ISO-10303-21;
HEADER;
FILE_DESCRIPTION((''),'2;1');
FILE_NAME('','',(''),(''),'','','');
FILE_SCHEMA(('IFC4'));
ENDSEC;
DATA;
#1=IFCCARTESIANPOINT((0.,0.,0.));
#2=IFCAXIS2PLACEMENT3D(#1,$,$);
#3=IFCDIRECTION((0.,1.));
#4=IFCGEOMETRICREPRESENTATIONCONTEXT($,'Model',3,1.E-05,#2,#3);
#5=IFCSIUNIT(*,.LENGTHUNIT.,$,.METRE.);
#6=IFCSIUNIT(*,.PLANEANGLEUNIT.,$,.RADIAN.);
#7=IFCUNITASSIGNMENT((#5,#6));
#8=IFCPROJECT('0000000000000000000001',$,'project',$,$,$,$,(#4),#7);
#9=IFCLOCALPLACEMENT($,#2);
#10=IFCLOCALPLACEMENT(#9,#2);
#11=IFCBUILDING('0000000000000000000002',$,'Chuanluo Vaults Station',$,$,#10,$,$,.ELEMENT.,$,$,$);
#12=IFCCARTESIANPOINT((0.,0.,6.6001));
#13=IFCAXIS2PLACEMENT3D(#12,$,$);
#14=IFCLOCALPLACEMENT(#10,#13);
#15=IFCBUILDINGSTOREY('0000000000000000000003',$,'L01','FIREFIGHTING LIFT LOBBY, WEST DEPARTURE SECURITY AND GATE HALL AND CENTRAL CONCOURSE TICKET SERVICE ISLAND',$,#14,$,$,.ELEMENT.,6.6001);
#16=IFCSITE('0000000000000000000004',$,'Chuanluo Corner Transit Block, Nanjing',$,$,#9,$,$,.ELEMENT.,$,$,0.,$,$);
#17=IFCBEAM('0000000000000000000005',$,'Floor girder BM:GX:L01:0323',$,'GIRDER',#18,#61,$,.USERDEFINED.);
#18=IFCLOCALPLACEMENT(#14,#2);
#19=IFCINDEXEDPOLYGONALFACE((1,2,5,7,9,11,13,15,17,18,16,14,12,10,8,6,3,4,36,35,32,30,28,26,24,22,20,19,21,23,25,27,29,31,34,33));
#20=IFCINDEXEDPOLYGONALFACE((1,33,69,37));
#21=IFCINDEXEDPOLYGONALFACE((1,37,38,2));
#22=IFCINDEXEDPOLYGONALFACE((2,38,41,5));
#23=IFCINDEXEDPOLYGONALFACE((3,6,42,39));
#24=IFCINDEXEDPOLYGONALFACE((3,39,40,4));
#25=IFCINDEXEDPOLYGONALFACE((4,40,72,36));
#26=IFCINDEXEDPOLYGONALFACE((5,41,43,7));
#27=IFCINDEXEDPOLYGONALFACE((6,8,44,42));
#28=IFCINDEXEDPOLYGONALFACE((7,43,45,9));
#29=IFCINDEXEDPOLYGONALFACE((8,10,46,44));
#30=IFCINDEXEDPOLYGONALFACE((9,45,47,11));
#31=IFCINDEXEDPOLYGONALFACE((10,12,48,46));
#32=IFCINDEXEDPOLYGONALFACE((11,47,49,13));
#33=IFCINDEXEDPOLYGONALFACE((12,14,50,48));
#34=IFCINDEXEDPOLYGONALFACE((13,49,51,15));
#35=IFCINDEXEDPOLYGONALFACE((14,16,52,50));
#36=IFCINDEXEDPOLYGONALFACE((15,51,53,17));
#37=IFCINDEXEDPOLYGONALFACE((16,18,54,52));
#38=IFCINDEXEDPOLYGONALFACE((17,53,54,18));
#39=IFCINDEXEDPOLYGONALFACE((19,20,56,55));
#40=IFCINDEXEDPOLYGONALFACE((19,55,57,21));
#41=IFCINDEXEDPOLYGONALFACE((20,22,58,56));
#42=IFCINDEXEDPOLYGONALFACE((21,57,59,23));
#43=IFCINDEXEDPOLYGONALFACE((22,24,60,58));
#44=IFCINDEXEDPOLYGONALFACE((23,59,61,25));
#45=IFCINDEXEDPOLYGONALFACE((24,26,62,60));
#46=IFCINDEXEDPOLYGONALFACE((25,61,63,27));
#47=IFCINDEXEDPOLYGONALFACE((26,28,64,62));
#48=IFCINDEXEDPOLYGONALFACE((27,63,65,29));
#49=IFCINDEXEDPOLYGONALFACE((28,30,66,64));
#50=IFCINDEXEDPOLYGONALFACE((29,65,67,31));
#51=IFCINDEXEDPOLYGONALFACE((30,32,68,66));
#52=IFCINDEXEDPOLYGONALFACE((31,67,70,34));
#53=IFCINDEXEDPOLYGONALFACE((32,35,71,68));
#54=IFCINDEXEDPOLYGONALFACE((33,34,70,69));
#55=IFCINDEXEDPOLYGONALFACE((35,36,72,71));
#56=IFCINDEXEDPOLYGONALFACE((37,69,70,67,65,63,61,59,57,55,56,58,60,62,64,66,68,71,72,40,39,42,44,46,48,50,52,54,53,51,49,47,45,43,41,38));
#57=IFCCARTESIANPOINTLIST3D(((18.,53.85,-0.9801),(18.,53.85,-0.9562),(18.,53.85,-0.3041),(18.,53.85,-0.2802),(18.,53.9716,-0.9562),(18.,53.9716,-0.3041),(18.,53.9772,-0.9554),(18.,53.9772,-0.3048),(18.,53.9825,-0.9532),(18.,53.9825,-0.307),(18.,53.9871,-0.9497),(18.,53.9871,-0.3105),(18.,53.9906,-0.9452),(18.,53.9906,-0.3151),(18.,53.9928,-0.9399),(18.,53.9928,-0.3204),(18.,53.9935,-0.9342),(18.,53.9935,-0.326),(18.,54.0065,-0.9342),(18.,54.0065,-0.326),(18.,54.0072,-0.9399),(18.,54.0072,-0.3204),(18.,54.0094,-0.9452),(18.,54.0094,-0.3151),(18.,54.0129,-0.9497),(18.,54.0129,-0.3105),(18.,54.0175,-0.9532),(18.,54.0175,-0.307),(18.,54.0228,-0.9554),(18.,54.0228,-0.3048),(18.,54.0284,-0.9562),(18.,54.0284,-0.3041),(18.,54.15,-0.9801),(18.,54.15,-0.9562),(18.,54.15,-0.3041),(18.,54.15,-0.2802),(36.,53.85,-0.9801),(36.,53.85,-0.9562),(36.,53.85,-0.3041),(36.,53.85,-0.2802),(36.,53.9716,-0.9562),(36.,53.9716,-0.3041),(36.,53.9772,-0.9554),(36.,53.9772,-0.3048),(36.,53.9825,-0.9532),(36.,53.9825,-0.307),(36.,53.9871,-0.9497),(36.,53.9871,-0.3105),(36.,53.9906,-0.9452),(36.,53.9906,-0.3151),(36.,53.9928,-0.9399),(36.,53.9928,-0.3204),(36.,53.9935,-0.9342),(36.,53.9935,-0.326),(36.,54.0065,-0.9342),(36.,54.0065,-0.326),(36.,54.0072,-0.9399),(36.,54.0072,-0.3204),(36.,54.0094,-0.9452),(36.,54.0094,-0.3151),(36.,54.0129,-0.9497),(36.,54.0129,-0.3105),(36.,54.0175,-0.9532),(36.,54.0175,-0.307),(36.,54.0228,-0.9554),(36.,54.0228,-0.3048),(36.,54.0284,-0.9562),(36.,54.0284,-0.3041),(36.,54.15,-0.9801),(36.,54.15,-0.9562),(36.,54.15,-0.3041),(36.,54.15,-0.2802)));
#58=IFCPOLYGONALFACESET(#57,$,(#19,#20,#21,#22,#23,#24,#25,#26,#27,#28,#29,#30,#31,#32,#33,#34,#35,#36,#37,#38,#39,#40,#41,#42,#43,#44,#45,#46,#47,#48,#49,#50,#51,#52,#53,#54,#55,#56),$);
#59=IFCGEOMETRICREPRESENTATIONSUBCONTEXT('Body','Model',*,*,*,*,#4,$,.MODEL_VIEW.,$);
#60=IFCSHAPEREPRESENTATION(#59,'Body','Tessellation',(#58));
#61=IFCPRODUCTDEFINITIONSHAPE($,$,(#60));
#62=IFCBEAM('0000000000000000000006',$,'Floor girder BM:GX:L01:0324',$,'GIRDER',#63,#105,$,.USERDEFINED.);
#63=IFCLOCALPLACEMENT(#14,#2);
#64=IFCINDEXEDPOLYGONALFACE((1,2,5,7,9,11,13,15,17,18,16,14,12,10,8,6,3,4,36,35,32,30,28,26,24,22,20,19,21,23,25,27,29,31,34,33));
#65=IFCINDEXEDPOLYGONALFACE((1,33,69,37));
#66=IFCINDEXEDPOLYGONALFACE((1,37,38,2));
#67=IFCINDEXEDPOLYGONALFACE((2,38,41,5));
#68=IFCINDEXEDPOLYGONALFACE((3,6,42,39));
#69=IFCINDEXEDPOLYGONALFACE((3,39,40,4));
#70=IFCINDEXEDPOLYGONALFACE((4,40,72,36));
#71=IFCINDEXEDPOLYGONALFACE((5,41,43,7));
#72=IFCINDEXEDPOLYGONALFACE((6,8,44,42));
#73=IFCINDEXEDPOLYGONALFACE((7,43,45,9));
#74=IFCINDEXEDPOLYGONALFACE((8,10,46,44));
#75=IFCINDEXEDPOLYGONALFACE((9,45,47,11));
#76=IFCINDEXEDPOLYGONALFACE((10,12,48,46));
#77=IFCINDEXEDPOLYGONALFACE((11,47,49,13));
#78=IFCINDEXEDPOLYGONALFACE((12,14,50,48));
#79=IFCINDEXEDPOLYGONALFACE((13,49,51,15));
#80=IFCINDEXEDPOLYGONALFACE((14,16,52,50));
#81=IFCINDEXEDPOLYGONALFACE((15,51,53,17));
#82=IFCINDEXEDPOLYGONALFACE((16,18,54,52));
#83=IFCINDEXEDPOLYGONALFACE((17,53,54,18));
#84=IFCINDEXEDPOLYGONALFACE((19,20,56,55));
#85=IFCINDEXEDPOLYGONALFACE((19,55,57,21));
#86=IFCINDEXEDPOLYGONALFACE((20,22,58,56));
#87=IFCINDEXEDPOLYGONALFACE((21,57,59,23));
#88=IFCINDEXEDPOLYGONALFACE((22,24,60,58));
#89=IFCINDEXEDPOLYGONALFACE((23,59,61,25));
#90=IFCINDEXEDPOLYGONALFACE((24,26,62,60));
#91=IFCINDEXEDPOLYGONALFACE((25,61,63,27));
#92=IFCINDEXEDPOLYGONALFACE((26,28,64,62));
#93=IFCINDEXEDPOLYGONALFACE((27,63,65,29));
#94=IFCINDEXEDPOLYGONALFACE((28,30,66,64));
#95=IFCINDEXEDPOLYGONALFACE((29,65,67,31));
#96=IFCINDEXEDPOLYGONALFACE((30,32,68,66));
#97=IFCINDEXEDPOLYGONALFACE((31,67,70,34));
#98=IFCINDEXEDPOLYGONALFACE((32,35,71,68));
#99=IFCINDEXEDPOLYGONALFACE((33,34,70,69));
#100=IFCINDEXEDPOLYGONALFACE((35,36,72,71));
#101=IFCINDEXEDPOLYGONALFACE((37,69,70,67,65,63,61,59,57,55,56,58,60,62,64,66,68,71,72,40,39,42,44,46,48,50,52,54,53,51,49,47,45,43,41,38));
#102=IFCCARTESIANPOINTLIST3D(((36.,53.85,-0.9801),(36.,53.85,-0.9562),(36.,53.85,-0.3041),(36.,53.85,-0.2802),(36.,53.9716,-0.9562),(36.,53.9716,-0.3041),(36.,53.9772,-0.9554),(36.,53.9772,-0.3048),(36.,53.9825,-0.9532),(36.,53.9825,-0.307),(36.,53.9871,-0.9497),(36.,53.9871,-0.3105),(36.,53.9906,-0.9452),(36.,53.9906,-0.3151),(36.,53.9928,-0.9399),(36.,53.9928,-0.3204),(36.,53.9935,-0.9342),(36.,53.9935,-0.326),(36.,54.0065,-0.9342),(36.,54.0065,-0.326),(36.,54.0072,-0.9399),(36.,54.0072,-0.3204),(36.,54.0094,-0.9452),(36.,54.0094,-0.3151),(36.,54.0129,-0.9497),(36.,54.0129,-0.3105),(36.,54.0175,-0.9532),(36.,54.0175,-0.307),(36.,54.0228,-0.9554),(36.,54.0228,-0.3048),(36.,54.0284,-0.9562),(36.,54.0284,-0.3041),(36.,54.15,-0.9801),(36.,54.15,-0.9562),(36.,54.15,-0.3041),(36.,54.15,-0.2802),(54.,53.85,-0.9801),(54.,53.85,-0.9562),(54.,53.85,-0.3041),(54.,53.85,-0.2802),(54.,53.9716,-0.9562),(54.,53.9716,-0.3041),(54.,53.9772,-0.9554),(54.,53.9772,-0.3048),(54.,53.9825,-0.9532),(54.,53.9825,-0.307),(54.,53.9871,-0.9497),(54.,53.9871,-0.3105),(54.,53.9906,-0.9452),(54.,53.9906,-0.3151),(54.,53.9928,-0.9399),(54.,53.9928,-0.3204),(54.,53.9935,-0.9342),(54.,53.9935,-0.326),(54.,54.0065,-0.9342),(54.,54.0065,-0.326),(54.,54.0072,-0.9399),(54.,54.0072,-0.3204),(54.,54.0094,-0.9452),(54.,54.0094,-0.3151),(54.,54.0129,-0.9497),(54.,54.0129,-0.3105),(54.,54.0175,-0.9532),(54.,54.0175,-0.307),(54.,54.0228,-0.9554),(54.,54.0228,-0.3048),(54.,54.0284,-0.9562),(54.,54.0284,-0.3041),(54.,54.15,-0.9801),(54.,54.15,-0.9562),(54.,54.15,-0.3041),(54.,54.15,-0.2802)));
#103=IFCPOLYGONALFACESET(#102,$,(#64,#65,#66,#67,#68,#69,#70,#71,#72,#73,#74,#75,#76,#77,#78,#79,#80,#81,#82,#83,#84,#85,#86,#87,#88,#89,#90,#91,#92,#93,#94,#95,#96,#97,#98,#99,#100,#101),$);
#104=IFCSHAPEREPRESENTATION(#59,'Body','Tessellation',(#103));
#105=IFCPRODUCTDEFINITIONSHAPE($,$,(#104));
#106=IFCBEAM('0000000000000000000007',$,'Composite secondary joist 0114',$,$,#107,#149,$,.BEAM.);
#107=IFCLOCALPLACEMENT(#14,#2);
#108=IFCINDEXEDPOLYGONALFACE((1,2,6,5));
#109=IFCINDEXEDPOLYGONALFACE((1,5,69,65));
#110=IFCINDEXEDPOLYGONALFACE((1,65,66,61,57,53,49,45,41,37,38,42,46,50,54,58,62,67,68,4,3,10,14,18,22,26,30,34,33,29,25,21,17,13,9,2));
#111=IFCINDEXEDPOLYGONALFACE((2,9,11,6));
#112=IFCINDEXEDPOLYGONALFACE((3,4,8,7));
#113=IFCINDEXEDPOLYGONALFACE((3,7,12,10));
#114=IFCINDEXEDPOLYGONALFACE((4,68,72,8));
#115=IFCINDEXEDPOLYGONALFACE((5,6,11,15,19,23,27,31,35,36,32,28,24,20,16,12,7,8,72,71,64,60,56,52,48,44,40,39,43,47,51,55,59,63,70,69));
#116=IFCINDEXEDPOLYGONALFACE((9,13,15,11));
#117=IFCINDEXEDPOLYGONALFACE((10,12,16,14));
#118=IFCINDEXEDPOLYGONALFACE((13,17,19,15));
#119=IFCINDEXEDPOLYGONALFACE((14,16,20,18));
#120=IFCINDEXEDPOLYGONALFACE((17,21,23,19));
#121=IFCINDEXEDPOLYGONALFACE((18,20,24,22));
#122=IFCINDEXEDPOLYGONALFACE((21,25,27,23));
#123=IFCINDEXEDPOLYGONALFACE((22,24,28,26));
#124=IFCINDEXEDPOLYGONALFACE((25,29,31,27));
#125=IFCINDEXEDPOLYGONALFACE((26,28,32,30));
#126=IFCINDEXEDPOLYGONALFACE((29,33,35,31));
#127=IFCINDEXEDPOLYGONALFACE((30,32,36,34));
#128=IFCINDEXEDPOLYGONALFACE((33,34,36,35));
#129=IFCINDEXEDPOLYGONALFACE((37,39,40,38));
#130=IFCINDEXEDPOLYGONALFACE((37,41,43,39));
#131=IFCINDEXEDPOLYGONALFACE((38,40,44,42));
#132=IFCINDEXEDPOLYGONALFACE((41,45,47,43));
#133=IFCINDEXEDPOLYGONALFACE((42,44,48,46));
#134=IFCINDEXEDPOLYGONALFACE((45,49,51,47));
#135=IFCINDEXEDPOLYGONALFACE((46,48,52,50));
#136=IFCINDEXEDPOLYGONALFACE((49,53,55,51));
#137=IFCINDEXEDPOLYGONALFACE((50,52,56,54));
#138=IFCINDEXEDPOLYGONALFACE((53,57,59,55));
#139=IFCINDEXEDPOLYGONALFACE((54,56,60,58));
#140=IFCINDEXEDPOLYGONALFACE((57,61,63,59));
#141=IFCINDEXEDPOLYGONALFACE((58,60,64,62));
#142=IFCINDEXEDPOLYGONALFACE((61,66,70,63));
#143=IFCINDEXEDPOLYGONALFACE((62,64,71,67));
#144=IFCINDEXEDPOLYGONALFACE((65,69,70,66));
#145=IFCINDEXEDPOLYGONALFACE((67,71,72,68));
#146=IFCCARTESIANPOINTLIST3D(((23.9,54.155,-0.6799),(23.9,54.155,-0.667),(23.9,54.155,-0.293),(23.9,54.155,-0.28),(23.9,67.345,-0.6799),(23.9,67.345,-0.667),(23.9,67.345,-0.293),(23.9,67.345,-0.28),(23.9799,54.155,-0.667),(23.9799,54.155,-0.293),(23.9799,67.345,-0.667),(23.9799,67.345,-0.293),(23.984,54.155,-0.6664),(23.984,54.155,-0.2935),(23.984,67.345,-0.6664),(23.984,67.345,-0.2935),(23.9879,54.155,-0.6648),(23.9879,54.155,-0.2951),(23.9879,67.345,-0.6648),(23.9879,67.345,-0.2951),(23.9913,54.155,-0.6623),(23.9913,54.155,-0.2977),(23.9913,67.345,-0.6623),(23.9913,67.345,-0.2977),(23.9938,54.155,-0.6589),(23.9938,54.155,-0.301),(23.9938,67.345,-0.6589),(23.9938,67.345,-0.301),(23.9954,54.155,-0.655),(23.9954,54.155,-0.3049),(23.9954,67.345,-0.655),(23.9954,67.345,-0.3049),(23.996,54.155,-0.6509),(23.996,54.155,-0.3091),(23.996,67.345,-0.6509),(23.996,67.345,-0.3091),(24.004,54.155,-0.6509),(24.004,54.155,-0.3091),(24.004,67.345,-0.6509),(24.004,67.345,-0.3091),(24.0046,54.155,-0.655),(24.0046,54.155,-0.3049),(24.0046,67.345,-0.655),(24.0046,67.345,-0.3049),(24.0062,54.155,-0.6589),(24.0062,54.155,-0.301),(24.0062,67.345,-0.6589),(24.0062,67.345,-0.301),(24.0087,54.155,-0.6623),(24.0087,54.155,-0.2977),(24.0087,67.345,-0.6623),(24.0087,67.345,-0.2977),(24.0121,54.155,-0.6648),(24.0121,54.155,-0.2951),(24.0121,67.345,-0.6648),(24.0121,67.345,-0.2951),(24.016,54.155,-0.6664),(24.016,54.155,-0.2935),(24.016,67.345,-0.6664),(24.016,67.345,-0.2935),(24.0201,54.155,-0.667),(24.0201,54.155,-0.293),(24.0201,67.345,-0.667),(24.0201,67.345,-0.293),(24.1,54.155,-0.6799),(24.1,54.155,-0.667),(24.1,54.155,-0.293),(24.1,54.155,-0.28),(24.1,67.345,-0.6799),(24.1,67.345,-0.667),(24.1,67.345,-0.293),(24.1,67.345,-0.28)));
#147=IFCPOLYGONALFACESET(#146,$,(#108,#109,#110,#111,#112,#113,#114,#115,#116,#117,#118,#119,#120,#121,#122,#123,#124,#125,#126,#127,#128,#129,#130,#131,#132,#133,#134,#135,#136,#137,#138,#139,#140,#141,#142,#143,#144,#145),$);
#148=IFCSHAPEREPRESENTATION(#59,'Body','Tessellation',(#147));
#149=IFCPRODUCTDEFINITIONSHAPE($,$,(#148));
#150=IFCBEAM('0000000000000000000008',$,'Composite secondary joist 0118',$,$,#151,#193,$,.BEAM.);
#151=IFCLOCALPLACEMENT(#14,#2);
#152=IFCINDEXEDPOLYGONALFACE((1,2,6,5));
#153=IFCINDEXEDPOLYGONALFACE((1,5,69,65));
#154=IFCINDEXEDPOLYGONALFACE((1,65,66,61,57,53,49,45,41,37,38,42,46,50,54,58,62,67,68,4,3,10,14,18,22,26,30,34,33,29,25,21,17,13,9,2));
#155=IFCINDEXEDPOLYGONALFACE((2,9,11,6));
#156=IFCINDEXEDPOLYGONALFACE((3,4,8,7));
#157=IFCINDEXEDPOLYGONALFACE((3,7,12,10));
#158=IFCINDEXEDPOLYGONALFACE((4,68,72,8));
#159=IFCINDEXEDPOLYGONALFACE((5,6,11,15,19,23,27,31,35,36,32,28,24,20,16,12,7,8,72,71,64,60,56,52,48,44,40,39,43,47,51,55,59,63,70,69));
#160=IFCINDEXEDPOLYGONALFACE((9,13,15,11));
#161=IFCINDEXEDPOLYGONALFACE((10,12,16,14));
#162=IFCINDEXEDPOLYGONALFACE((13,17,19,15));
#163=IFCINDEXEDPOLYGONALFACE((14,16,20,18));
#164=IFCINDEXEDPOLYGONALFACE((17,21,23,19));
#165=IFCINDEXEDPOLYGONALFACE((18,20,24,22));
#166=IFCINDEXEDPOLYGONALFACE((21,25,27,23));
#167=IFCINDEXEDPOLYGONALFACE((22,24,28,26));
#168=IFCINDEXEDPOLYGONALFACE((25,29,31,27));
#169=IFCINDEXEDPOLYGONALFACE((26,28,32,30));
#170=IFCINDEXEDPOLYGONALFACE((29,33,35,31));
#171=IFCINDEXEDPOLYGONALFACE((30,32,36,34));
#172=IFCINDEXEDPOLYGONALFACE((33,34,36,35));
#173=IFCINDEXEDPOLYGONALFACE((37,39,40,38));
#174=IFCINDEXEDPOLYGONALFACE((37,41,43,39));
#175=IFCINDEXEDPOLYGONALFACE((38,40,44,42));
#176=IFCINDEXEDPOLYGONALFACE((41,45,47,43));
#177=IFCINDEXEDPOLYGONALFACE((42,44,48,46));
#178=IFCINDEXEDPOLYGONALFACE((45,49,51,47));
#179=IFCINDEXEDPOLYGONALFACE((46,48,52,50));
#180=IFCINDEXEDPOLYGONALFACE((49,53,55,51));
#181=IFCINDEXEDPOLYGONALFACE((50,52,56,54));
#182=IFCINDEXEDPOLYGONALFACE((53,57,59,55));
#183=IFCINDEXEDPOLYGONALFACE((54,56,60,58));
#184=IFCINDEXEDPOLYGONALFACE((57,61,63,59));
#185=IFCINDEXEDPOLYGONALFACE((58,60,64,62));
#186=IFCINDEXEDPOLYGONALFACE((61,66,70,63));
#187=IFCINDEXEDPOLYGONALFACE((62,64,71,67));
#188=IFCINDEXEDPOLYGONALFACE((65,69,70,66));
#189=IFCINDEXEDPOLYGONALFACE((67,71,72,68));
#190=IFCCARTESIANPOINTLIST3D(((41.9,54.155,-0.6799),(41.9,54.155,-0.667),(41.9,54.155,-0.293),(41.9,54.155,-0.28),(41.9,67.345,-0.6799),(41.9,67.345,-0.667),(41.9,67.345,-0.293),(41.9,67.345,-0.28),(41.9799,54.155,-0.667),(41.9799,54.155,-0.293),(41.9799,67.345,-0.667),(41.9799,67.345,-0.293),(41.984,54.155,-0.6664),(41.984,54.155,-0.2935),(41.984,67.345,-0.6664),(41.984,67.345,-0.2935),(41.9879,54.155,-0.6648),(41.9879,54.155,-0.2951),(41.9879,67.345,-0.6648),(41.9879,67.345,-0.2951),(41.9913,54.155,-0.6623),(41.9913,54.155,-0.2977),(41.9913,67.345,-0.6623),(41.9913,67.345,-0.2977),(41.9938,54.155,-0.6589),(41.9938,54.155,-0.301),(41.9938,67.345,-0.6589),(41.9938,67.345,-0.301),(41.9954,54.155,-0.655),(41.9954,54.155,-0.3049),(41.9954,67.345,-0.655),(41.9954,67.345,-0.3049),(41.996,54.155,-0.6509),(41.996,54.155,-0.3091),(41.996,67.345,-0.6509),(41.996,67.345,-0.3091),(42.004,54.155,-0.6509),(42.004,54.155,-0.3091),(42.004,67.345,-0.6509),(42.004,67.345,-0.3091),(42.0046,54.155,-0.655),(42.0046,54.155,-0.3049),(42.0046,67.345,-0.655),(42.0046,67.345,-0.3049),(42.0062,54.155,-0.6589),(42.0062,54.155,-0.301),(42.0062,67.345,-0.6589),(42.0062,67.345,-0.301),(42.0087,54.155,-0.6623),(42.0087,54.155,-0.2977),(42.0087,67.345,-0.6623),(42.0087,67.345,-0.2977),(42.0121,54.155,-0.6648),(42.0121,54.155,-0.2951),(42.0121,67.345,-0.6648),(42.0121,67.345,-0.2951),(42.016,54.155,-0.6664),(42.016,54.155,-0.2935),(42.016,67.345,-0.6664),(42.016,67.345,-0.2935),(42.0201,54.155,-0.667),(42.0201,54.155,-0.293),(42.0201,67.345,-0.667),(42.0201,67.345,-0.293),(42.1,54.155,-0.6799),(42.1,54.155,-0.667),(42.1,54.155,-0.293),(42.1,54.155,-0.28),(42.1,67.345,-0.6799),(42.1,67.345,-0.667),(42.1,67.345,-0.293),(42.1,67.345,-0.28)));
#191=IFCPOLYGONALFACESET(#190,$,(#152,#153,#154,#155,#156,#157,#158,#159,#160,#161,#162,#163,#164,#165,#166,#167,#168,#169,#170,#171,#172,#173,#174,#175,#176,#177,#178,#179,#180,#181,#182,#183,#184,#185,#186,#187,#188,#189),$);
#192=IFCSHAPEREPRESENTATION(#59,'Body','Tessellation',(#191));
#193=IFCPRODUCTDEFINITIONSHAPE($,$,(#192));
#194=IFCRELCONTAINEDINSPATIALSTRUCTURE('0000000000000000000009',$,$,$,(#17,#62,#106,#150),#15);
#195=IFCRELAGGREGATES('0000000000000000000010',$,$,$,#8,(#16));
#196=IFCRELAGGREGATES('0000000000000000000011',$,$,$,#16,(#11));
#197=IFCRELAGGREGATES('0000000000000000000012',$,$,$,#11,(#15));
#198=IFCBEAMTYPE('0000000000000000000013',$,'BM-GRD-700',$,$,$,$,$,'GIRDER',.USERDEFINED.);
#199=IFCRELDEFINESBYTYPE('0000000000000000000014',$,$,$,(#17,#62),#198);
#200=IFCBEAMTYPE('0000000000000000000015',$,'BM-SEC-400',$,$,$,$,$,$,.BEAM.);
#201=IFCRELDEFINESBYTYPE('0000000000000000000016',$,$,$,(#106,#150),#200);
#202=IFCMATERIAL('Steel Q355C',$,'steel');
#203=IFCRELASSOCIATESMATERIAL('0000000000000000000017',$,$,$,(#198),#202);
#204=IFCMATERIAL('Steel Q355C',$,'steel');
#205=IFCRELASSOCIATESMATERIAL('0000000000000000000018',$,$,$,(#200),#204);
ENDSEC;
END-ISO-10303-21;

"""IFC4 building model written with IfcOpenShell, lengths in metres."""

from ifc_helpers import new_model, si_unit, direction, frame, origin, origin_2d, place, context, subcontext, project, spatial, i_section, extrude, material, material_profile, profile_set, type_object, element, save


model = new_model("IFC4")

# Units and contexts
model_context = context("Model", 3, precision=1e-05, world=origin(), true_north=direction((0.0, 1.0)))
body_context = subcontext(model_context, "Body", "Model", "MODEL_VIEW")
ifc_project = project(units=[si_unit("LENGTHUNIT", "METRE"), si_unit("PLANEANGLEUNIT", "RADIAN")], contexts=[model_context])

# Site, building, storey
site_placement = place(None, origin())
site = spatial("IfcSite", under=ifc_project, at=site_placement, Name="Chuanluo Corner Transit Block, Nanjing", CompositionType="ELEMENT", RefElevation=0.0)
building_placement = place(site_placement, origin())
building = spatial("IfcBuilding", under=site, at=building_placement, Name="Chuanluo Vaults Station", CompositionType="ELEMENT")
storey_placement = place(building_placement, frame((0.0, 0.0, 6.6001)))
storey = spatial("IfcBuildingStorey", under=building, at=storey_placement, Name="L01", Description="FIREFIGHTING LIFT LOBBY, WEST DEPARTURE SECURITY AND GATE HALL AND CENTRAL CONCOURSE TICKET SERVICE ISLAND", CompositionType="ELEMENT", Elevation=6.6001)

# Beams
ifc_material_1 = material(Name="Steel Q355C", Category="steel")
ifc_material_profile_1 = material_profile(ifc_material_1, i_section(OverallWidth=0.3, OverallDepth=0.7, WebThickness=0.0129, FlangeThickness=0.0239, FilletRadius=0.022, at=origin_2d()))
ifc_profile_set_1 = profile_set([ifc_material_profile_1], Name="Steel Q355C")
beam_type_1 = type_object("IfcBeamType", Name="BM-GRD-700", ElementType="GIRDER", PredefinedType="USERDEFINED", material=ifc_profile_set_1)
for number, where, z_axis, x_axis, name in (
    (1, (18.0, 54.0, -0.6301), (1.0, 0.0, 0.0), (0.0, 1.0, 0.0), "Floor girder BM:GX:L01:0323"),
    (2, (36.0, 54.0, -0.6301), (1.0, 0.0, 0.0), (0.0, 1.0, 0.0), "Floor girder BM:GX:L01:0324"),
):
    element("IfcBeam", number, at=place(storey_placement, frame(where, z_axis=z_axis, x_axis=x_axis)), inside=storey, type_object=beam_type_1, Name=name, ObjectType="GIRDER", PredefinedType="USERDEFINED", context=body_context, shape_type="SweptSolid", body=[
        extrude(i_section(OverallWidth=0.3, OverallDepth=0.7, WebThickness=0.0129, FlangeThickness=0.0239, FilletRadius=0.022, at=origin_2d()), origin(), (0.0, 0.0, 1.0), 18.0),
    ])
ifc_material_2 = material(Name="Steel Q355C", Category="steel")
ifc_material_profile_2 = material_profile(ifc_material_2, i_section(OverallWidth=0.2, OverallDepth=0.3999, WebThickness=0.0081, FlangeThickness=0.0129, FilletRadius=0.0161, at=origin_2d()))
ifc_profile_set_2 = profile_set([ifc_material_profile_2], Name="Steel Q355C")
beam_type_2 = type_object("IfcBeamType", Name="BM-SEC-400", PredefinedType="BEAM", material=ifc_profile_set_2)
for number, where, z_axis, x_axis, name in (
    (3, (24.0, 54.155, -0.48), (0.0, 1.0, 0.0), (-1.0, 0.0, 0.0), "Composite secondary joist 0114"),
    (4, (42.0, 54.155, -0.48), (0.0, 1.0, 0.0), (-1.0, 0.0, 0.0), "Composite secondary joist 0118"),
):
    element("IfcBeam", number, at=place(storey_placement, frame(where, z_axis=z_axis, x_axis=x_axis)), inside=storey, type_object=beam_type_2, Name=name, PredefinedType="BEAM", context=body_context, shape_type="SweptSolid", body=[
        extrude(i_section(OverallWidth=0.2, OverallDepth=0.3999, WebThickness=0.0081, FlangeThickness=0.0129, FilletRadius=0.0161, at=origin_2d()), origin(), (0.0, 0.0, 1.0), 13.1899),
    ])

save(model, "model.ifc")
